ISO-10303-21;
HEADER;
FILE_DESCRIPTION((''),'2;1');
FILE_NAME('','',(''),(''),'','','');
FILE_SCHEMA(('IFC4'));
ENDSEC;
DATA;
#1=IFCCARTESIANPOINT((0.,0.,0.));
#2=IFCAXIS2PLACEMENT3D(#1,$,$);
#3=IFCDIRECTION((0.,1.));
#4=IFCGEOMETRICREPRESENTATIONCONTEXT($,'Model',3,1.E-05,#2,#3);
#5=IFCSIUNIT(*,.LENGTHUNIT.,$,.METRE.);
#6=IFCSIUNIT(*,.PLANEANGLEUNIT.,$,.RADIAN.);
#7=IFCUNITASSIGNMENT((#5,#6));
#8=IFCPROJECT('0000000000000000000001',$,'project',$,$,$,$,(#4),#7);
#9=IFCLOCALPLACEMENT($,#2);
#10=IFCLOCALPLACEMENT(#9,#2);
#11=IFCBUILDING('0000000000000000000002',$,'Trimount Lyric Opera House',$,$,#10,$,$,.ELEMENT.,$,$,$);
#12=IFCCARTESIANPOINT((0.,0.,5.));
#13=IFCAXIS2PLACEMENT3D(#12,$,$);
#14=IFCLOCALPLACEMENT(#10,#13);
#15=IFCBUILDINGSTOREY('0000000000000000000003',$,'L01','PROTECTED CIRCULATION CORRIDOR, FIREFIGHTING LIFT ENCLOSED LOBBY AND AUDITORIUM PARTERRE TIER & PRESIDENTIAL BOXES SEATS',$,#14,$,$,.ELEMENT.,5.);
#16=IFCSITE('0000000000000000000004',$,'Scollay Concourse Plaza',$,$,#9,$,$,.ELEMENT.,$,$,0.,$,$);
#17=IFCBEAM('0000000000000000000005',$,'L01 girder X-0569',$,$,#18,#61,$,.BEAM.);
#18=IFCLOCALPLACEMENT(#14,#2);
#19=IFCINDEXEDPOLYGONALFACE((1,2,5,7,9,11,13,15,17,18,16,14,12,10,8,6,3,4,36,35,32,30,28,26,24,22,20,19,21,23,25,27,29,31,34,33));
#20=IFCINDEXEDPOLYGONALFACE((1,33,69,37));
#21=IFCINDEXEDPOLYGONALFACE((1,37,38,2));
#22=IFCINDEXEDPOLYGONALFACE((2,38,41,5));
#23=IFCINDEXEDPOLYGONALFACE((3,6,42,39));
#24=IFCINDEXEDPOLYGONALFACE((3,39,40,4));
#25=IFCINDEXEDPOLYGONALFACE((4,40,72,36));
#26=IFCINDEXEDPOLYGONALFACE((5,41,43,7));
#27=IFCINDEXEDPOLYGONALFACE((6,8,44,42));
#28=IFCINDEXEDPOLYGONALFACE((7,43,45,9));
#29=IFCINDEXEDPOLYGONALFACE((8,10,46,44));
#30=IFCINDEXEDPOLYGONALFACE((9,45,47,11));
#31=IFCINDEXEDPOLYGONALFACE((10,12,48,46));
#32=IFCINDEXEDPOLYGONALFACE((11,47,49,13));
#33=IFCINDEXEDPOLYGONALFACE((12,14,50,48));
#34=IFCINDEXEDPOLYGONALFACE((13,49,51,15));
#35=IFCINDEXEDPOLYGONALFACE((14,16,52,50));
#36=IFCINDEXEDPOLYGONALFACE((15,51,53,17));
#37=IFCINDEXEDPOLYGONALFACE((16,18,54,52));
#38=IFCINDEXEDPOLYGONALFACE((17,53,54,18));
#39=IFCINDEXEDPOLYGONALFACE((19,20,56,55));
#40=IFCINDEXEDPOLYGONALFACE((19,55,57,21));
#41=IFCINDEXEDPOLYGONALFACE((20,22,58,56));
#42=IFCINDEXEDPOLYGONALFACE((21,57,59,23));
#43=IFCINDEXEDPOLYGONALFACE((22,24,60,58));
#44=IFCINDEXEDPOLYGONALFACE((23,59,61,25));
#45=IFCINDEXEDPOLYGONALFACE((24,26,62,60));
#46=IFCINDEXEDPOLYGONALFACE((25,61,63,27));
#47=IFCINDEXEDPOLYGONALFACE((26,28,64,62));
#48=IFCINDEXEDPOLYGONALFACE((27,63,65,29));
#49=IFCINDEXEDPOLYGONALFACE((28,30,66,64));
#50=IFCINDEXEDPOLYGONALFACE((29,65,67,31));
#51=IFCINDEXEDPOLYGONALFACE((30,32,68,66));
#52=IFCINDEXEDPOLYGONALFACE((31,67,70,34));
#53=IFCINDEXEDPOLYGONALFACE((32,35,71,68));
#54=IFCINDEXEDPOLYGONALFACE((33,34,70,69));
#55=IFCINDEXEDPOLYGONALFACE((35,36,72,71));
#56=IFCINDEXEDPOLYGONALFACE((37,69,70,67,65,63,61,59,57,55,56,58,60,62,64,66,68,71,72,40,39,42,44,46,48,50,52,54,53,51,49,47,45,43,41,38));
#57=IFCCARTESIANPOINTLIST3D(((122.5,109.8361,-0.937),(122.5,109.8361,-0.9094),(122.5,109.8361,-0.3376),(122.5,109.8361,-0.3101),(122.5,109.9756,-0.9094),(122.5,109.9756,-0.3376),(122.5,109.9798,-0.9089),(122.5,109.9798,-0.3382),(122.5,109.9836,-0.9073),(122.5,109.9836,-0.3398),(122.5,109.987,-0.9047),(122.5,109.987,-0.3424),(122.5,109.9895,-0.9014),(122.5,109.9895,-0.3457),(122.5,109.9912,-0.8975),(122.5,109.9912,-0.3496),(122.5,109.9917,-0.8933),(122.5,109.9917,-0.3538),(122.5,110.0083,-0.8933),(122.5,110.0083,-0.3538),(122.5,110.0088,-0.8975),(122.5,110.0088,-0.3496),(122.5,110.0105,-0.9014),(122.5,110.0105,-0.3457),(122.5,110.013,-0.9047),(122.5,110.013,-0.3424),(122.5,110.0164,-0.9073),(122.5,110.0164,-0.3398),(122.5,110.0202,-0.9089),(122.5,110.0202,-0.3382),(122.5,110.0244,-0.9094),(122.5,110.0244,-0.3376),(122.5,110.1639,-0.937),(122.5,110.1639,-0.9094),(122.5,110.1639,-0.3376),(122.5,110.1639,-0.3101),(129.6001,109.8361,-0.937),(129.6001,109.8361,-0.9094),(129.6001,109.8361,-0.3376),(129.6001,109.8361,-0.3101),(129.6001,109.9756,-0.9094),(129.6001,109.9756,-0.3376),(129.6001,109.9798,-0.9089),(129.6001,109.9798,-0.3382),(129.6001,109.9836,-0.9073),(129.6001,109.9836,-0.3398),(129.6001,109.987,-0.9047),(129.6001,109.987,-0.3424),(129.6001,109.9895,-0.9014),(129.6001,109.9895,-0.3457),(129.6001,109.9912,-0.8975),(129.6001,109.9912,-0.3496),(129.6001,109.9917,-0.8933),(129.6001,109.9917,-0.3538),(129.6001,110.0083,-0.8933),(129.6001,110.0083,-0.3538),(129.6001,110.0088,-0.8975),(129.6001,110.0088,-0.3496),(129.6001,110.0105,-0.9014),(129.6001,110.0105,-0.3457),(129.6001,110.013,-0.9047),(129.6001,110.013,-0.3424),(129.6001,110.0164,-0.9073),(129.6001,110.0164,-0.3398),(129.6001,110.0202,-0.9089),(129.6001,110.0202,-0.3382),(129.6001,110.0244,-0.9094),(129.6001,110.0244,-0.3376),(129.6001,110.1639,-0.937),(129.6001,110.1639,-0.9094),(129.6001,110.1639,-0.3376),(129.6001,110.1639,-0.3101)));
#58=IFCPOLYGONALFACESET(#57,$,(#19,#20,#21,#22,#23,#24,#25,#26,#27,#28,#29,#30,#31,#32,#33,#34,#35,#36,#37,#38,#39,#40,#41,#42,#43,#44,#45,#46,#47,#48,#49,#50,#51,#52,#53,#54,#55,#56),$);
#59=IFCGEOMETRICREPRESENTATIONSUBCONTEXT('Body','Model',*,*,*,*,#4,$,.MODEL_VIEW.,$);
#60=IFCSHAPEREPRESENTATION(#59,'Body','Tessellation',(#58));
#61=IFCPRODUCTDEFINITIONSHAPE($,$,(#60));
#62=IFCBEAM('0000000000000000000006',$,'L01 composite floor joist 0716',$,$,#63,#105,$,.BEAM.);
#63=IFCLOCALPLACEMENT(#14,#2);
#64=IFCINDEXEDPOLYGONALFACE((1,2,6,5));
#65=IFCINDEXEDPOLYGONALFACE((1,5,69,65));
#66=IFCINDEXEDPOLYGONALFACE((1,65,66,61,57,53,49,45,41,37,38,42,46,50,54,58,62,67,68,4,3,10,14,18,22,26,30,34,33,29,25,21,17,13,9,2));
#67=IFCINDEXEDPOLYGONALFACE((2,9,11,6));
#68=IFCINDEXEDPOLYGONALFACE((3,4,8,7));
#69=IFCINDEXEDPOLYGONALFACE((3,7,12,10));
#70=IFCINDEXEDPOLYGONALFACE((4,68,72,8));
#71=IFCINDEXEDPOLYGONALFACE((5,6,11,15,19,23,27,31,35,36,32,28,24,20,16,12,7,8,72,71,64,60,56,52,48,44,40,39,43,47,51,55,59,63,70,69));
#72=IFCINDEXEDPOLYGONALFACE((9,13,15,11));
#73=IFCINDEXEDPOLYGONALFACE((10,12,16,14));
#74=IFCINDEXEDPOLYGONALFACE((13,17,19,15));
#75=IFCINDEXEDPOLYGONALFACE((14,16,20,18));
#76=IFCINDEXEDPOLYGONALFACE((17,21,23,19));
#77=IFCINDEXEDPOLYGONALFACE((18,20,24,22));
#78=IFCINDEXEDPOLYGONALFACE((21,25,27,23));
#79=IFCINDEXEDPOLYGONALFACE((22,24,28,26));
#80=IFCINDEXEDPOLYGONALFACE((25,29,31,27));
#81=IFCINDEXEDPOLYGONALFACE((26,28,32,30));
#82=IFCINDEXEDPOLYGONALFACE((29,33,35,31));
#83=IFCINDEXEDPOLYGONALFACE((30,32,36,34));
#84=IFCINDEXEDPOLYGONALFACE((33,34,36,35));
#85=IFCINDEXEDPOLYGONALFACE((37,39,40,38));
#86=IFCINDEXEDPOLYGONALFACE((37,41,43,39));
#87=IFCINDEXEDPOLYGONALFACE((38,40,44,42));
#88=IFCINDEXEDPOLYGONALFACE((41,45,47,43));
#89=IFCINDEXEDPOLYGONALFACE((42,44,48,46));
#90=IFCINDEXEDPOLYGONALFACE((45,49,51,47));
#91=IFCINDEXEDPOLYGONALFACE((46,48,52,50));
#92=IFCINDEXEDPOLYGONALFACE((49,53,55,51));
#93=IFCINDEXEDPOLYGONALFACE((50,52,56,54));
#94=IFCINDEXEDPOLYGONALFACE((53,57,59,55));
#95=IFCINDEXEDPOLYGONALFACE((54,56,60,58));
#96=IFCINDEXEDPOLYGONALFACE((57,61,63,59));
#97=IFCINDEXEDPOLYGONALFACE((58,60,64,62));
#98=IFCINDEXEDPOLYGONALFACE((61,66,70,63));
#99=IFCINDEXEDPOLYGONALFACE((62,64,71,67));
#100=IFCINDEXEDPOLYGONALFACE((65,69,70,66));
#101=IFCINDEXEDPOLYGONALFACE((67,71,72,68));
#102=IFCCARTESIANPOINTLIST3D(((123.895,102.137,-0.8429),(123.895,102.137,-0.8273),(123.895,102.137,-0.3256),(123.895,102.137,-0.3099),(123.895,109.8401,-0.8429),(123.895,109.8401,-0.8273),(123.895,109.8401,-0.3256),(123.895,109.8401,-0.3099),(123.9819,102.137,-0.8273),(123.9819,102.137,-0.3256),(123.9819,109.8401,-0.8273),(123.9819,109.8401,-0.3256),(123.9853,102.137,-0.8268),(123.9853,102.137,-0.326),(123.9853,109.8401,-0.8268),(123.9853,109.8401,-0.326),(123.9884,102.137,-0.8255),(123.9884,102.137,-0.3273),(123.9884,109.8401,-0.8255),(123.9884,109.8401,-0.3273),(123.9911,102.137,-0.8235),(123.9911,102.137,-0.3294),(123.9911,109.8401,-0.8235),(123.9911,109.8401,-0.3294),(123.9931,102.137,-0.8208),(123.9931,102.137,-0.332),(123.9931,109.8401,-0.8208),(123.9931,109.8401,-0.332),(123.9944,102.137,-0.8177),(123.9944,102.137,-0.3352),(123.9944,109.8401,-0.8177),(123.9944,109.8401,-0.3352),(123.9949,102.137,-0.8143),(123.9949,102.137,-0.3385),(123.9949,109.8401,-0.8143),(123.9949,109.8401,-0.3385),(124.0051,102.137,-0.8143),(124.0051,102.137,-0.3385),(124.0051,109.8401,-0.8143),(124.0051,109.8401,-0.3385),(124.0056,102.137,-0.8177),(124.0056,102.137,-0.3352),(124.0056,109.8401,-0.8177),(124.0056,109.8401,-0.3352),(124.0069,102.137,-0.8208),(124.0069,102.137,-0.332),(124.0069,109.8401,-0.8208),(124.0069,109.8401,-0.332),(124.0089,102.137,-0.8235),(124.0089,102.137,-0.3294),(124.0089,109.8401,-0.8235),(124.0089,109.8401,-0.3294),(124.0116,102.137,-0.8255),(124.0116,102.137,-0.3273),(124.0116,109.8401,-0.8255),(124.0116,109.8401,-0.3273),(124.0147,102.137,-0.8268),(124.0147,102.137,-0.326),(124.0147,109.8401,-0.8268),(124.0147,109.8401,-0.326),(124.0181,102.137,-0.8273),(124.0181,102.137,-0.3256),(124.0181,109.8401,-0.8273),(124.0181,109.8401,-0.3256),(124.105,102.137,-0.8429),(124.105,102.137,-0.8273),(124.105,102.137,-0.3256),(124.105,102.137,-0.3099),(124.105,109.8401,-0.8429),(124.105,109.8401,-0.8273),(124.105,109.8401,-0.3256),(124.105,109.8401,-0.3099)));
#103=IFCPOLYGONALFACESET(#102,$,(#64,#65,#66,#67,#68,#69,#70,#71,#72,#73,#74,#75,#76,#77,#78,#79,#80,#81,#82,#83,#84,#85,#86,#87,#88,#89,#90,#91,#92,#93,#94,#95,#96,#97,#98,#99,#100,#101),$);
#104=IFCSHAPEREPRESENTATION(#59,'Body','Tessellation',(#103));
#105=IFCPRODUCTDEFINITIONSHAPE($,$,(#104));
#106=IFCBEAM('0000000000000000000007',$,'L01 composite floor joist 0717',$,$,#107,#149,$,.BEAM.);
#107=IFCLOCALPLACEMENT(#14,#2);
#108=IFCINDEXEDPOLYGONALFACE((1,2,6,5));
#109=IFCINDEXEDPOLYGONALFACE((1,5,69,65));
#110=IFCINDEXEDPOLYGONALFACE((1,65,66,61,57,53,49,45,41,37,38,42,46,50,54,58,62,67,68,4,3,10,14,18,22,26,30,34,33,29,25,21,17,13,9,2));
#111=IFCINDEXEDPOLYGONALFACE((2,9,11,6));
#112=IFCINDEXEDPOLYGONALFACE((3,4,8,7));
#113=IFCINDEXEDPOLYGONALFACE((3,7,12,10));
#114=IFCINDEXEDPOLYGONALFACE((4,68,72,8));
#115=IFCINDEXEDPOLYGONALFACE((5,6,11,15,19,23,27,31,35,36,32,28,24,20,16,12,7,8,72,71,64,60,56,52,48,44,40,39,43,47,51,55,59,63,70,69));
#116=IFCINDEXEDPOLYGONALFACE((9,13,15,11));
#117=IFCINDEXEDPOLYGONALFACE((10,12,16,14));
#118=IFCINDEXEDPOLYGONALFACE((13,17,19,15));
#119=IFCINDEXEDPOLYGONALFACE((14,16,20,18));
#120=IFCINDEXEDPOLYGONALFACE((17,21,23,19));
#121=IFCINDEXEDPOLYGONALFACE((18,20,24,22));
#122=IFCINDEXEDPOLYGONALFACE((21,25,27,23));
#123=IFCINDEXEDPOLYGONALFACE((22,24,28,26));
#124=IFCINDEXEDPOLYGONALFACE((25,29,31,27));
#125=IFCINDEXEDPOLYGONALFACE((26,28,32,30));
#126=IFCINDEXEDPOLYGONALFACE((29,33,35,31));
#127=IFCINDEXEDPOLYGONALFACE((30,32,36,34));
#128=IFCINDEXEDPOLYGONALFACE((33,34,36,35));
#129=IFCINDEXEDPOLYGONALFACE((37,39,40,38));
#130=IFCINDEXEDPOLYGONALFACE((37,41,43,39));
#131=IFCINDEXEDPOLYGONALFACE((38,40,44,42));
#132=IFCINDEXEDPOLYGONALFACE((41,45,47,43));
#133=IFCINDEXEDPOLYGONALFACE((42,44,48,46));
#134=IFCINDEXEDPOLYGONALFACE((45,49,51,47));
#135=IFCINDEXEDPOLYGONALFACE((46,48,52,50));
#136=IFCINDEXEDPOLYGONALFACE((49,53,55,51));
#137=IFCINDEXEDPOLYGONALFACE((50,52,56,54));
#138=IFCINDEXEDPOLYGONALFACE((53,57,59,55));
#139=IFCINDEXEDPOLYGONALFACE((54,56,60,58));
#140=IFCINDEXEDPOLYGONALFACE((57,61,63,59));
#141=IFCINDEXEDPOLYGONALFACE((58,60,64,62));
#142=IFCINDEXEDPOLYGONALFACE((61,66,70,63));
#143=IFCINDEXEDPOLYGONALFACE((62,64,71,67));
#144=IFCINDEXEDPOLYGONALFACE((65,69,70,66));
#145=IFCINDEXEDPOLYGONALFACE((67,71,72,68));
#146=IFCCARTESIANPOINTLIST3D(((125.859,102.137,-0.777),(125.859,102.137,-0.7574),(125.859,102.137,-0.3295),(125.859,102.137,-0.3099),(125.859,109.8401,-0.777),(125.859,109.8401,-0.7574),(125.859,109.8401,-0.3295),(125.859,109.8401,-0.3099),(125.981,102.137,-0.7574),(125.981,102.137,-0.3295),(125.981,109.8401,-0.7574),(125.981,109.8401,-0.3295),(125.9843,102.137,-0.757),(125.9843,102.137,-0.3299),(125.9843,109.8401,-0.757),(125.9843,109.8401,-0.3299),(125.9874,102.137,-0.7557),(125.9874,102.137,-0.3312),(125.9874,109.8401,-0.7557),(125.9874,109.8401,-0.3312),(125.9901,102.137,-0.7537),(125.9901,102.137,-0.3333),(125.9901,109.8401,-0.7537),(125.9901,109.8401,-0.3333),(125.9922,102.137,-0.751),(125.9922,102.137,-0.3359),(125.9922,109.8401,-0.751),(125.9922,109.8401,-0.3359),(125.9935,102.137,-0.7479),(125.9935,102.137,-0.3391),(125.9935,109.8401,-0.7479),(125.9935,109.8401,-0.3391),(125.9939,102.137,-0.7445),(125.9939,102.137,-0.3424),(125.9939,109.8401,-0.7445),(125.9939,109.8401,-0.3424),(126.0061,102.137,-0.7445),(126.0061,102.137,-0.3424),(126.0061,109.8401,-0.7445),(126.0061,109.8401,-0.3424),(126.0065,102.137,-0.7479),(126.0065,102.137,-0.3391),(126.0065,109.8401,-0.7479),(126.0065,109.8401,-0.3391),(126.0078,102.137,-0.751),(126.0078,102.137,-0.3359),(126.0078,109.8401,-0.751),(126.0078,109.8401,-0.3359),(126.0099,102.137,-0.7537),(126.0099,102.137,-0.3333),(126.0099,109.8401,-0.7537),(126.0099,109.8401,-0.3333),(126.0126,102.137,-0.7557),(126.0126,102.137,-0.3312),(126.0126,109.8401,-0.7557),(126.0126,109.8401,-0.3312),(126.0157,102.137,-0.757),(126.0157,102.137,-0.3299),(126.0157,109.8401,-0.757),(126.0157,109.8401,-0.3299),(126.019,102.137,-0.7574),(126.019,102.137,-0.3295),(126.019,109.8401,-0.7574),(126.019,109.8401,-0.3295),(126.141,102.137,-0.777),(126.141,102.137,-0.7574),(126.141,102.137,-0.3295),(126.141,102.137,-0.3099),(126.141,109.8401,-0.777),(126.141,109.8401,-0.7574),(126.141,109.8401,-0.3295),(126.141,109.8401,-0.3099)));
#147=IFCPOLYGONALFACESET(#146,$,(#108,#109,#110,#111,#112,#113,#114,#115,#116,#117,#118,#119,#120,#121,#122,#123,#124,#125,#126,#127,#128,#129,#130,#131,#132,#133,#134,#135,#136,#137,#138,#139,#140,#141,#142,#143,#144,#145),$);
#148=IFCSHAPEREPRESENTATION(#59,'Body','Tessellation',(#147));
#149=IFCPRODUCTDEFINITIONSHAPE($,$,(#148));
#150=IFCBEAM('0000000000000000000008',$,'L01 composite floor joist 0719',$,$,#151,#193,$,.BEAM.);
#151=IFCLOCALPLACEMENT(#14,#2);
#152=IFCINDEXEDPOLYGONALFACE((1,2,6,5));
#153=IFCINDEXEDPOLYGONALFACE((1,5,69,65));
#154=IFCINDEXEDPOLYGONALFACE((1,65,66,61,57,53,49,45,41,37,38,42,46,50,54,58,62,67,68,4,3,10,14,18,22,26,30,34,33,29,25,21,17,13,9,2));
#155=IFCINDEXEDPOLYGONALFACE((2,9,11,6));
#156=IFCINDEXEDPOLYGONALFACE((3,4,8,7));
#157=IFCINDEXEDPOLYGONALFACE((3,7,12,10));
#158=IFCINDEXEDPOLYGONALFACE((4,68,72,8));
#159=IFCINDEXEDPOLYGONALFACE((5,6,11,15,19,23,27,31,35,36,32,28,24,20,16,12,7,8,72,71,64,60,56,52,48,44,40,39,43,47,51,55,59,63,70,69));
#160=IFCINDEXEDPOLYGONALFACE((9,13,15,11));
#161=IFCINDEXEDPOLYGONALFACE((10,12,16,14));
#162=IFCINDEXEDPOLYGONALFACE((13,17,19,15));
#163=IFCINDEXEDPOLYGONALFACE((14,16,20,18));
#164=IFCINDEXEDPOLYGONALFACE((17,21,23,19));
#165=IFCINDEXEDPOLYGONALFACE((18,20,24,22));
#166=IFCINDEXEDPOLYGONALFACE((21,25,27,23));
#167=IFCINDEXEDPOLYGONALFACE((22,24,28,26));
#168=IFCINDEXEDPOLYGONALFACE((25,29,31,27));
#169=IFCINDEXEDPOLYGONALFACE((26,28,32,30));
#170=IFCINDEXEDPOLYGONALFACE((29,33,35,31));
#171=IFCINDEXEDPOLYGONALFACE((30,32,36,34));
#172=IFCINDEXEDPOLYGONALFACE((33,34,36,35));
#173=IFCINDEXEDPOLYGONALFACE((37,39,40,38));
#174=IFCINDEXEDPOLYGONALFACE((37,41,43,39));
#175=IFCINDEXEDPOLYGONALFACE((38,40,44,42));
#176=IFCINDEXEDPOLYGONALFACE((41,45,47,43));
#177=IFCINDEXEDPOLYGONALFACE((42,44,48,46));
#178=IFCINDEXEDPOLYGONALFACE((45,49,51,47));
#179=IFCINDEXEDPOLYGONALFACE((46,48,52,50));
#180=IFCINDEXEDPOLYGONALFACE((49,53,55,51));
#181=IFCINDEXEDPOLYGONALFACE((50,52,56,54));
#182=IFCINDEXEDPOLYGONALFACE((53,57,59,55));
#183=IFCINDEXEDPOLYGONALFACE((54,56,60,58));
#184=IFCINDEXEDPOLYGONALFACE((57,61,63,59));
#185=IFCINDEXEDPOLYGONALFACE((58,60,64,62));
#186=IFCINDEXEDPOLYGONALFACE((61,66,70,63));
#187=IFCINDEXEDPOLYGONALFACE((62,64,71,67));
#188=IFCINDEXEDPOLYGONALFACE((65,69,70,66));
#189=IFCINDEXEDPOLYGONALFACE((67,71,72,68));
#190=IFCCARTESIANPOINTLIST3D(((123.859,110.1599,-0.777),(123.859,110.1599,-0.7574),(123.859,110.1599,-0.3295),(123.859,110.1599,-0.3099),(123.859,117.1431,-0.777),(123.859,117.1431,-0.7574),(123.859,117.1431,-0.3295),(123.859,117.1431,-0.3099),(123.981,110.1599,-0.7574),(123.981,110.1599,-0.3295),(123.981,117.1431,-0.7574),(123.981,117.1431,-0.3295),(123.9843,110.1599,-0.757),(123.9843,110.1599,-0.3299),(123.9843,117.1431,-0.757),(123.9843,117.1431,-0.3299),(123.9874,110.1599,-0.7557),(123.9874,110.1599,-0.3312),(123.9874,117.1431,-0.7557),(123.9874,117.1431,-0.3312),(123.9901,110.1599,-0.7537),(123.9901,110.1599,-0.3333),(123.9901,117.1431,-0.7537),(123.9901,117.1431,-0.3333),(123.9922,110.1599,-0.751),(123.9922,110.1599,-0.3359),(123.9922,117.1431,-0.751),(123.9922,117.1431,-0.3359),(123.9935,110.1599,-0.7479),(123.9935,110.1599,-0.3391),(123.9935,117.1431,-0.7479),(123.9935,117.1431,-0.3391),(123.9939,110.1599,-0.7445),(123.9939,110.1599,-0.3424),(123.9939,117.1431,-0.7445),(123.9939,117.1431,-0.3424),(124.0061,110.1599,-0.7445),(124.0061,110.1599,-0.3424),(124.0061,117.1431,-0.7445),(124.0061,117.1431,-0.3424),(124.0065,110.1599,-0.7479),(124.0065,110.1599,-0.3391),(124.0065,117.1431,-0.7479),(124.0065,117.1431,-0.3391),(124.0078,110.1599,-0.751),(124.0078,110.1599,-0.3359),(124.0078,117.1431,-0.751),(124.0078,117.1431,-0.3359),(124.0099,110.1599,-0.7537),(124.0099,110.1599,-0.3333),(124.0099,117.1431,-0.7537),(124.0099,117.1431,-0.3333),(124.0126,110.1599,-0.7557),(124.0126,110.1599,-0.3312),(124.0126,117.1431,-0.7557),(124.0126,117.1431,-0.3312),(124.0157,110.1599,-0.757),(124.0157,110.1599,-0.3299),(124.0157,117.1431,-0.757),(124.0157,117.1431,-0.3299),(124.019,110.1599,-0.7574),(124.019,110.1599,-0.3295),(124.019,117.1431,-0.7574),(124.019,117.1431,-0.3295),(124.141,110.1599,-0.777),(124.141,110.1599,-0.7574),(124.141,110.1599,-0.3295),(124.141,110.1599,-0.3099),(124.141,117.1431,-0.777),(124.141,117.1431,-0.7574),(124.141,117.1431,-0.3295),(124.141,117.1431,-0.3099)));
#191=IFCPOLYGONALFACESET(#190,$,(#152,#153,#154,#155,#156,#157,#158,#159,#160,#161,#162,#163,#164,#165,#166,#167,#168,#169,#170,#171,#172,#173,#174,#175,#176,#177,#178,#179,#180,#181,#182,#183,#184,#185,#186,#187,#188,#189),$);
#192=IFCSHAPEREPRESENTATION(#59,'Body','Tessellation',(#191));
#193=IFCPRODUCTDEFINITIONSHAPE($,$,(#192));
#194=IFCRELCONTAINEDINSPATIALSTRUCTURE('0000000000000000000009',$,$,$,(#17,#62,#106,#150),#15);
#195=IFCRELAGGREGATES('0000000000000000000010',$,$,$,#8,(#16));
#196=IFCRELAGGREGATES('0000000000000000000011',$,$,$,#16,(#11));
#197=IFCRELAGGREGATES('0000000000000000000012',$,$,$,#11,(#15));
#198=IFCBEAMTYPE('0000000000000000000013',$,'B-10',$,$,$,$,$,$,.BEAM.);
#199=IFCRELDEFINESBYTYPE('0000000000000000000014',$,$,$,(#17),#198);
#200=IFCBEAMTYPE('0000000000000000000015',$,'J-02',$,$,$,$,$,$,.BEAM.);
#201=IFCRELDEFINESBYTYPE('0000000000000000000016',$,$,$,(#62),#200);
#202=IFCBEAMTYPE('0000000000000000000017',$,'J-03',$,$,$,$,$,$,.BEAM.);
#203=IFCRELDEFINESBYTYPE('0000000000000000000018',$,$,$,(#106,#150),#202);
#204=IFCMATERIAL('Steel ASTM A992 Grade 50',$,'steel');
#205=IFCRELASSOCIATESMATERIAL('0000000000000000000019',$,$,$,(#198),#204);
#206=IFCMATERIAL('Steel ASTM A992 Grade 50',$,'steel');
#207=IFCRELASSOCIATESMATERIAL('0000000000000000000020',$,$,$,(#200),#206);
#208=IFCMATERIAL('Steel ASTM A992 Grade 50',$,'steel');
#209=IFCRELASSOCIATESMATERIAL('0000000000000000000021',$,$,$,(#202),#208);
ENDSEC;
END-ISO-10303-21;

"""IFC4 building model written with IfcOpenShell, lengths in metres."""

from ifc_helpers import new_model, si_unit, direction, frame, origin, origin_2d, place, context, subcontext, project, spatial, i_section, extrude, material, material_profile, profile_set, type_object, element, save


model = new_model("IFC4")

# Units and contexts
model_context = context("Model", 3, precision=1e-05, world=origin(), true_north=direction((0.0, 1.0)))
body_context = subcontext(model_context, "Body", "Model", "MODEL_VIEW")
ifc_project = project(units=[si_unit("LENGTHUNIT", "METRE"), si_unit("PLANEANGLEUNIT", "RADIAN")], contexts=[model_context])

# Site, building, storey
site_placement = place(None, origin())
site = spatial("IfcSite", under=ifc_project, at=site_placement, Name="Scollay Concourse Plaza", CompositionType="ELEMENT", RefElevation=0.0)
building_placement = place(site_placement, origin())
building = spatial("IfcBuilding", under=site, at=building_placement, Name="Trimount Lyric Opera House", CompositionType="ELEMENT")
storey_placement = place(building_placement, frame((0.0, 0.0, 5.0)))
storey = spatial("IfcBuildingStorey", under=building, at=storey_placement, Name="L01", Description="PROTECTED CIRCULATION CORRIDOR, FIREFIGHTING LIFT ENCLOSED LOBBY AND AUDITORIUM PARTERRE TIER & PRESIDENTIAL BOXES SEATS", CompositionType="ELEMENT", Elevation=5.0)

# Beams
ifc_material_1 = material(Name="Steel ASTM A992 Grade 50", Category="steel")
ifc_material_profile_1 = material_profile(ifc_material_1, i_section(OverallWidth=0.3279, OverallDepth=0.627, WebThickness=0.0166, FlangeThickness=0.0276, FilletRadius=0.0161, at=origin_2d()), Name="W24X146")
ifc_profile_set_1 = profile_set([ifc_material_profile_1], Name="Steel ASTM A992 Grade 50")
beam_type_1 = type_object("IfcBeamType", Name="B-10", PredefinedType="BEAM", material=ifc_profile_set_1)
beam_1_placement = place(storey_placement, frame((122.5, 110.0, -0.6235), z_axis=(1.0, 0.0, 0.0), x_axis=(0.0, 1.0, 0.0)))
element("IfcBeam", 1, at=beam_1_placement, inside=storey, type_object=beam_type_1, Name="L01 girder X-0569", PredefinedType="BEAM", context=body_context, shape_type="SweptSolid", body=[
    extrude(i_section(OverallWidth=0.3279, OverallDepth=0.627, WebThickness=0.0166, FlangeThickness=0.0276, FilletRadius=0.0161, at=origin_2d()), origin(), (0.0, 0.0, 1.0), 7.1001),
])
ifc_material_2 = material(Name="Steel ASTM A992 Grade 50", Category="steel")
ifc_material_profile_2 = material_profile(ifc_material_2, i_section(OverallWidth=0.21, OverallDepth=0.533, WebThickness=0.0103, FlangeThickness=0.0156, FilletRadius=0.0129, at=origin_2d()), Name="W21X62")
ifc_profile_set_2 = profile_set([ifc_material_profile_2], Name="Steel ASTM A992 Grade 50")
beam_type_2 = type_object("IfcBeamType", Name="J-02", PredefinedType="BEAM", material=ifc_profile_set_2)
beam_2_placement = place(storey_placement, frame((124.0, 102.137, -0.5764), z_axis=(0.0, 1.0, 0.0), x_axis=(-1.0, 0.0, 0.0)))
element("IfcBeam", 2, at=beam_2_placement, inside=storey, type_object=beam_type_2, Name="L01 composite floor joist 0716", PredefinedType="BEAM", context=body_context, shape_type="SweptSolid", body=[
    extrude(i_section(OverallWidth=0.21, OverallDepth=0.533, WebThickness=0.0103, FlangeThickness=0.0156, FilletRadius=0.0129, at=origin_2d()), origin(), (0.0, 0.0, 1.0), 7.7031),
])
ifc_material_3 = material(Name="Steel ASTM A992 Grade 50", Category="steel")
ifc_material_profile_3 = material_profile(ifc_material_3, i_section(OverallWidth=0.282, OverallDepth=0.467, WebThickness=0.0122, FlangeThickness=0.0195, FilletRadius=0.0129, at=origin_2d()), Name="W18X86")
ifc_profile_set_3 = profile_set([ifc_material_profile_3], Name="Steel ASTM A992 Grade 50")
beam_type_3 = type_object("IfcBeamType", Name="J-03", PredefinedType="BEAM", material=ifc_profile_set_3)
beam_3_placement = place(storey_placement, frame((126.0, 102.137, -0.5435), z_axis=(0.0, 1.0, 0.0), x_axis=(-1.0, 0.0, 0.0)))
element("IfcBeam", 3, at=beam_3_placement, inside=storey, type_object=beam_type_3, Name="L01 composite floor joist 0717", PredefinedType="BEAM", context=body_context, shape_type="SweptSolid", body=[
    extrude(i_section(OverallWidth=0.282, OverallDepth=0.467, WebThickness=0.0122, FlangeThickness=0.0195, FilletRadius=0.0129, at=origin_2d()), origin(), (0.0, 0.0, 1.0), 7.7031),
])
beam_4_placement = place(storey_placement, frame((124.0, 110.1599, -0.5435), z_axis=(0.0, 1.0, 0.0), x_axis=(-1.0, 0.0, 0.0)))
element("IfcBeam", 4, at=beam_4_placement, inside=storey, type_object=beam_type_3, Name="L01 composite floor joist 0719", PredefinedType="BEAM", context=body_context, shape_type="SweptSolid", body=[
    extrude(i_section(OverallWidth=0.282, OverallDepth=0.467, WebThickness=0.0122, FlangeThickness=0.0195, FilletRadius=0.0129, at=origin_2d()), origin(), (0.0, 0.0, 1.0), 6.9832),
])

save(model, "model.ifc")
